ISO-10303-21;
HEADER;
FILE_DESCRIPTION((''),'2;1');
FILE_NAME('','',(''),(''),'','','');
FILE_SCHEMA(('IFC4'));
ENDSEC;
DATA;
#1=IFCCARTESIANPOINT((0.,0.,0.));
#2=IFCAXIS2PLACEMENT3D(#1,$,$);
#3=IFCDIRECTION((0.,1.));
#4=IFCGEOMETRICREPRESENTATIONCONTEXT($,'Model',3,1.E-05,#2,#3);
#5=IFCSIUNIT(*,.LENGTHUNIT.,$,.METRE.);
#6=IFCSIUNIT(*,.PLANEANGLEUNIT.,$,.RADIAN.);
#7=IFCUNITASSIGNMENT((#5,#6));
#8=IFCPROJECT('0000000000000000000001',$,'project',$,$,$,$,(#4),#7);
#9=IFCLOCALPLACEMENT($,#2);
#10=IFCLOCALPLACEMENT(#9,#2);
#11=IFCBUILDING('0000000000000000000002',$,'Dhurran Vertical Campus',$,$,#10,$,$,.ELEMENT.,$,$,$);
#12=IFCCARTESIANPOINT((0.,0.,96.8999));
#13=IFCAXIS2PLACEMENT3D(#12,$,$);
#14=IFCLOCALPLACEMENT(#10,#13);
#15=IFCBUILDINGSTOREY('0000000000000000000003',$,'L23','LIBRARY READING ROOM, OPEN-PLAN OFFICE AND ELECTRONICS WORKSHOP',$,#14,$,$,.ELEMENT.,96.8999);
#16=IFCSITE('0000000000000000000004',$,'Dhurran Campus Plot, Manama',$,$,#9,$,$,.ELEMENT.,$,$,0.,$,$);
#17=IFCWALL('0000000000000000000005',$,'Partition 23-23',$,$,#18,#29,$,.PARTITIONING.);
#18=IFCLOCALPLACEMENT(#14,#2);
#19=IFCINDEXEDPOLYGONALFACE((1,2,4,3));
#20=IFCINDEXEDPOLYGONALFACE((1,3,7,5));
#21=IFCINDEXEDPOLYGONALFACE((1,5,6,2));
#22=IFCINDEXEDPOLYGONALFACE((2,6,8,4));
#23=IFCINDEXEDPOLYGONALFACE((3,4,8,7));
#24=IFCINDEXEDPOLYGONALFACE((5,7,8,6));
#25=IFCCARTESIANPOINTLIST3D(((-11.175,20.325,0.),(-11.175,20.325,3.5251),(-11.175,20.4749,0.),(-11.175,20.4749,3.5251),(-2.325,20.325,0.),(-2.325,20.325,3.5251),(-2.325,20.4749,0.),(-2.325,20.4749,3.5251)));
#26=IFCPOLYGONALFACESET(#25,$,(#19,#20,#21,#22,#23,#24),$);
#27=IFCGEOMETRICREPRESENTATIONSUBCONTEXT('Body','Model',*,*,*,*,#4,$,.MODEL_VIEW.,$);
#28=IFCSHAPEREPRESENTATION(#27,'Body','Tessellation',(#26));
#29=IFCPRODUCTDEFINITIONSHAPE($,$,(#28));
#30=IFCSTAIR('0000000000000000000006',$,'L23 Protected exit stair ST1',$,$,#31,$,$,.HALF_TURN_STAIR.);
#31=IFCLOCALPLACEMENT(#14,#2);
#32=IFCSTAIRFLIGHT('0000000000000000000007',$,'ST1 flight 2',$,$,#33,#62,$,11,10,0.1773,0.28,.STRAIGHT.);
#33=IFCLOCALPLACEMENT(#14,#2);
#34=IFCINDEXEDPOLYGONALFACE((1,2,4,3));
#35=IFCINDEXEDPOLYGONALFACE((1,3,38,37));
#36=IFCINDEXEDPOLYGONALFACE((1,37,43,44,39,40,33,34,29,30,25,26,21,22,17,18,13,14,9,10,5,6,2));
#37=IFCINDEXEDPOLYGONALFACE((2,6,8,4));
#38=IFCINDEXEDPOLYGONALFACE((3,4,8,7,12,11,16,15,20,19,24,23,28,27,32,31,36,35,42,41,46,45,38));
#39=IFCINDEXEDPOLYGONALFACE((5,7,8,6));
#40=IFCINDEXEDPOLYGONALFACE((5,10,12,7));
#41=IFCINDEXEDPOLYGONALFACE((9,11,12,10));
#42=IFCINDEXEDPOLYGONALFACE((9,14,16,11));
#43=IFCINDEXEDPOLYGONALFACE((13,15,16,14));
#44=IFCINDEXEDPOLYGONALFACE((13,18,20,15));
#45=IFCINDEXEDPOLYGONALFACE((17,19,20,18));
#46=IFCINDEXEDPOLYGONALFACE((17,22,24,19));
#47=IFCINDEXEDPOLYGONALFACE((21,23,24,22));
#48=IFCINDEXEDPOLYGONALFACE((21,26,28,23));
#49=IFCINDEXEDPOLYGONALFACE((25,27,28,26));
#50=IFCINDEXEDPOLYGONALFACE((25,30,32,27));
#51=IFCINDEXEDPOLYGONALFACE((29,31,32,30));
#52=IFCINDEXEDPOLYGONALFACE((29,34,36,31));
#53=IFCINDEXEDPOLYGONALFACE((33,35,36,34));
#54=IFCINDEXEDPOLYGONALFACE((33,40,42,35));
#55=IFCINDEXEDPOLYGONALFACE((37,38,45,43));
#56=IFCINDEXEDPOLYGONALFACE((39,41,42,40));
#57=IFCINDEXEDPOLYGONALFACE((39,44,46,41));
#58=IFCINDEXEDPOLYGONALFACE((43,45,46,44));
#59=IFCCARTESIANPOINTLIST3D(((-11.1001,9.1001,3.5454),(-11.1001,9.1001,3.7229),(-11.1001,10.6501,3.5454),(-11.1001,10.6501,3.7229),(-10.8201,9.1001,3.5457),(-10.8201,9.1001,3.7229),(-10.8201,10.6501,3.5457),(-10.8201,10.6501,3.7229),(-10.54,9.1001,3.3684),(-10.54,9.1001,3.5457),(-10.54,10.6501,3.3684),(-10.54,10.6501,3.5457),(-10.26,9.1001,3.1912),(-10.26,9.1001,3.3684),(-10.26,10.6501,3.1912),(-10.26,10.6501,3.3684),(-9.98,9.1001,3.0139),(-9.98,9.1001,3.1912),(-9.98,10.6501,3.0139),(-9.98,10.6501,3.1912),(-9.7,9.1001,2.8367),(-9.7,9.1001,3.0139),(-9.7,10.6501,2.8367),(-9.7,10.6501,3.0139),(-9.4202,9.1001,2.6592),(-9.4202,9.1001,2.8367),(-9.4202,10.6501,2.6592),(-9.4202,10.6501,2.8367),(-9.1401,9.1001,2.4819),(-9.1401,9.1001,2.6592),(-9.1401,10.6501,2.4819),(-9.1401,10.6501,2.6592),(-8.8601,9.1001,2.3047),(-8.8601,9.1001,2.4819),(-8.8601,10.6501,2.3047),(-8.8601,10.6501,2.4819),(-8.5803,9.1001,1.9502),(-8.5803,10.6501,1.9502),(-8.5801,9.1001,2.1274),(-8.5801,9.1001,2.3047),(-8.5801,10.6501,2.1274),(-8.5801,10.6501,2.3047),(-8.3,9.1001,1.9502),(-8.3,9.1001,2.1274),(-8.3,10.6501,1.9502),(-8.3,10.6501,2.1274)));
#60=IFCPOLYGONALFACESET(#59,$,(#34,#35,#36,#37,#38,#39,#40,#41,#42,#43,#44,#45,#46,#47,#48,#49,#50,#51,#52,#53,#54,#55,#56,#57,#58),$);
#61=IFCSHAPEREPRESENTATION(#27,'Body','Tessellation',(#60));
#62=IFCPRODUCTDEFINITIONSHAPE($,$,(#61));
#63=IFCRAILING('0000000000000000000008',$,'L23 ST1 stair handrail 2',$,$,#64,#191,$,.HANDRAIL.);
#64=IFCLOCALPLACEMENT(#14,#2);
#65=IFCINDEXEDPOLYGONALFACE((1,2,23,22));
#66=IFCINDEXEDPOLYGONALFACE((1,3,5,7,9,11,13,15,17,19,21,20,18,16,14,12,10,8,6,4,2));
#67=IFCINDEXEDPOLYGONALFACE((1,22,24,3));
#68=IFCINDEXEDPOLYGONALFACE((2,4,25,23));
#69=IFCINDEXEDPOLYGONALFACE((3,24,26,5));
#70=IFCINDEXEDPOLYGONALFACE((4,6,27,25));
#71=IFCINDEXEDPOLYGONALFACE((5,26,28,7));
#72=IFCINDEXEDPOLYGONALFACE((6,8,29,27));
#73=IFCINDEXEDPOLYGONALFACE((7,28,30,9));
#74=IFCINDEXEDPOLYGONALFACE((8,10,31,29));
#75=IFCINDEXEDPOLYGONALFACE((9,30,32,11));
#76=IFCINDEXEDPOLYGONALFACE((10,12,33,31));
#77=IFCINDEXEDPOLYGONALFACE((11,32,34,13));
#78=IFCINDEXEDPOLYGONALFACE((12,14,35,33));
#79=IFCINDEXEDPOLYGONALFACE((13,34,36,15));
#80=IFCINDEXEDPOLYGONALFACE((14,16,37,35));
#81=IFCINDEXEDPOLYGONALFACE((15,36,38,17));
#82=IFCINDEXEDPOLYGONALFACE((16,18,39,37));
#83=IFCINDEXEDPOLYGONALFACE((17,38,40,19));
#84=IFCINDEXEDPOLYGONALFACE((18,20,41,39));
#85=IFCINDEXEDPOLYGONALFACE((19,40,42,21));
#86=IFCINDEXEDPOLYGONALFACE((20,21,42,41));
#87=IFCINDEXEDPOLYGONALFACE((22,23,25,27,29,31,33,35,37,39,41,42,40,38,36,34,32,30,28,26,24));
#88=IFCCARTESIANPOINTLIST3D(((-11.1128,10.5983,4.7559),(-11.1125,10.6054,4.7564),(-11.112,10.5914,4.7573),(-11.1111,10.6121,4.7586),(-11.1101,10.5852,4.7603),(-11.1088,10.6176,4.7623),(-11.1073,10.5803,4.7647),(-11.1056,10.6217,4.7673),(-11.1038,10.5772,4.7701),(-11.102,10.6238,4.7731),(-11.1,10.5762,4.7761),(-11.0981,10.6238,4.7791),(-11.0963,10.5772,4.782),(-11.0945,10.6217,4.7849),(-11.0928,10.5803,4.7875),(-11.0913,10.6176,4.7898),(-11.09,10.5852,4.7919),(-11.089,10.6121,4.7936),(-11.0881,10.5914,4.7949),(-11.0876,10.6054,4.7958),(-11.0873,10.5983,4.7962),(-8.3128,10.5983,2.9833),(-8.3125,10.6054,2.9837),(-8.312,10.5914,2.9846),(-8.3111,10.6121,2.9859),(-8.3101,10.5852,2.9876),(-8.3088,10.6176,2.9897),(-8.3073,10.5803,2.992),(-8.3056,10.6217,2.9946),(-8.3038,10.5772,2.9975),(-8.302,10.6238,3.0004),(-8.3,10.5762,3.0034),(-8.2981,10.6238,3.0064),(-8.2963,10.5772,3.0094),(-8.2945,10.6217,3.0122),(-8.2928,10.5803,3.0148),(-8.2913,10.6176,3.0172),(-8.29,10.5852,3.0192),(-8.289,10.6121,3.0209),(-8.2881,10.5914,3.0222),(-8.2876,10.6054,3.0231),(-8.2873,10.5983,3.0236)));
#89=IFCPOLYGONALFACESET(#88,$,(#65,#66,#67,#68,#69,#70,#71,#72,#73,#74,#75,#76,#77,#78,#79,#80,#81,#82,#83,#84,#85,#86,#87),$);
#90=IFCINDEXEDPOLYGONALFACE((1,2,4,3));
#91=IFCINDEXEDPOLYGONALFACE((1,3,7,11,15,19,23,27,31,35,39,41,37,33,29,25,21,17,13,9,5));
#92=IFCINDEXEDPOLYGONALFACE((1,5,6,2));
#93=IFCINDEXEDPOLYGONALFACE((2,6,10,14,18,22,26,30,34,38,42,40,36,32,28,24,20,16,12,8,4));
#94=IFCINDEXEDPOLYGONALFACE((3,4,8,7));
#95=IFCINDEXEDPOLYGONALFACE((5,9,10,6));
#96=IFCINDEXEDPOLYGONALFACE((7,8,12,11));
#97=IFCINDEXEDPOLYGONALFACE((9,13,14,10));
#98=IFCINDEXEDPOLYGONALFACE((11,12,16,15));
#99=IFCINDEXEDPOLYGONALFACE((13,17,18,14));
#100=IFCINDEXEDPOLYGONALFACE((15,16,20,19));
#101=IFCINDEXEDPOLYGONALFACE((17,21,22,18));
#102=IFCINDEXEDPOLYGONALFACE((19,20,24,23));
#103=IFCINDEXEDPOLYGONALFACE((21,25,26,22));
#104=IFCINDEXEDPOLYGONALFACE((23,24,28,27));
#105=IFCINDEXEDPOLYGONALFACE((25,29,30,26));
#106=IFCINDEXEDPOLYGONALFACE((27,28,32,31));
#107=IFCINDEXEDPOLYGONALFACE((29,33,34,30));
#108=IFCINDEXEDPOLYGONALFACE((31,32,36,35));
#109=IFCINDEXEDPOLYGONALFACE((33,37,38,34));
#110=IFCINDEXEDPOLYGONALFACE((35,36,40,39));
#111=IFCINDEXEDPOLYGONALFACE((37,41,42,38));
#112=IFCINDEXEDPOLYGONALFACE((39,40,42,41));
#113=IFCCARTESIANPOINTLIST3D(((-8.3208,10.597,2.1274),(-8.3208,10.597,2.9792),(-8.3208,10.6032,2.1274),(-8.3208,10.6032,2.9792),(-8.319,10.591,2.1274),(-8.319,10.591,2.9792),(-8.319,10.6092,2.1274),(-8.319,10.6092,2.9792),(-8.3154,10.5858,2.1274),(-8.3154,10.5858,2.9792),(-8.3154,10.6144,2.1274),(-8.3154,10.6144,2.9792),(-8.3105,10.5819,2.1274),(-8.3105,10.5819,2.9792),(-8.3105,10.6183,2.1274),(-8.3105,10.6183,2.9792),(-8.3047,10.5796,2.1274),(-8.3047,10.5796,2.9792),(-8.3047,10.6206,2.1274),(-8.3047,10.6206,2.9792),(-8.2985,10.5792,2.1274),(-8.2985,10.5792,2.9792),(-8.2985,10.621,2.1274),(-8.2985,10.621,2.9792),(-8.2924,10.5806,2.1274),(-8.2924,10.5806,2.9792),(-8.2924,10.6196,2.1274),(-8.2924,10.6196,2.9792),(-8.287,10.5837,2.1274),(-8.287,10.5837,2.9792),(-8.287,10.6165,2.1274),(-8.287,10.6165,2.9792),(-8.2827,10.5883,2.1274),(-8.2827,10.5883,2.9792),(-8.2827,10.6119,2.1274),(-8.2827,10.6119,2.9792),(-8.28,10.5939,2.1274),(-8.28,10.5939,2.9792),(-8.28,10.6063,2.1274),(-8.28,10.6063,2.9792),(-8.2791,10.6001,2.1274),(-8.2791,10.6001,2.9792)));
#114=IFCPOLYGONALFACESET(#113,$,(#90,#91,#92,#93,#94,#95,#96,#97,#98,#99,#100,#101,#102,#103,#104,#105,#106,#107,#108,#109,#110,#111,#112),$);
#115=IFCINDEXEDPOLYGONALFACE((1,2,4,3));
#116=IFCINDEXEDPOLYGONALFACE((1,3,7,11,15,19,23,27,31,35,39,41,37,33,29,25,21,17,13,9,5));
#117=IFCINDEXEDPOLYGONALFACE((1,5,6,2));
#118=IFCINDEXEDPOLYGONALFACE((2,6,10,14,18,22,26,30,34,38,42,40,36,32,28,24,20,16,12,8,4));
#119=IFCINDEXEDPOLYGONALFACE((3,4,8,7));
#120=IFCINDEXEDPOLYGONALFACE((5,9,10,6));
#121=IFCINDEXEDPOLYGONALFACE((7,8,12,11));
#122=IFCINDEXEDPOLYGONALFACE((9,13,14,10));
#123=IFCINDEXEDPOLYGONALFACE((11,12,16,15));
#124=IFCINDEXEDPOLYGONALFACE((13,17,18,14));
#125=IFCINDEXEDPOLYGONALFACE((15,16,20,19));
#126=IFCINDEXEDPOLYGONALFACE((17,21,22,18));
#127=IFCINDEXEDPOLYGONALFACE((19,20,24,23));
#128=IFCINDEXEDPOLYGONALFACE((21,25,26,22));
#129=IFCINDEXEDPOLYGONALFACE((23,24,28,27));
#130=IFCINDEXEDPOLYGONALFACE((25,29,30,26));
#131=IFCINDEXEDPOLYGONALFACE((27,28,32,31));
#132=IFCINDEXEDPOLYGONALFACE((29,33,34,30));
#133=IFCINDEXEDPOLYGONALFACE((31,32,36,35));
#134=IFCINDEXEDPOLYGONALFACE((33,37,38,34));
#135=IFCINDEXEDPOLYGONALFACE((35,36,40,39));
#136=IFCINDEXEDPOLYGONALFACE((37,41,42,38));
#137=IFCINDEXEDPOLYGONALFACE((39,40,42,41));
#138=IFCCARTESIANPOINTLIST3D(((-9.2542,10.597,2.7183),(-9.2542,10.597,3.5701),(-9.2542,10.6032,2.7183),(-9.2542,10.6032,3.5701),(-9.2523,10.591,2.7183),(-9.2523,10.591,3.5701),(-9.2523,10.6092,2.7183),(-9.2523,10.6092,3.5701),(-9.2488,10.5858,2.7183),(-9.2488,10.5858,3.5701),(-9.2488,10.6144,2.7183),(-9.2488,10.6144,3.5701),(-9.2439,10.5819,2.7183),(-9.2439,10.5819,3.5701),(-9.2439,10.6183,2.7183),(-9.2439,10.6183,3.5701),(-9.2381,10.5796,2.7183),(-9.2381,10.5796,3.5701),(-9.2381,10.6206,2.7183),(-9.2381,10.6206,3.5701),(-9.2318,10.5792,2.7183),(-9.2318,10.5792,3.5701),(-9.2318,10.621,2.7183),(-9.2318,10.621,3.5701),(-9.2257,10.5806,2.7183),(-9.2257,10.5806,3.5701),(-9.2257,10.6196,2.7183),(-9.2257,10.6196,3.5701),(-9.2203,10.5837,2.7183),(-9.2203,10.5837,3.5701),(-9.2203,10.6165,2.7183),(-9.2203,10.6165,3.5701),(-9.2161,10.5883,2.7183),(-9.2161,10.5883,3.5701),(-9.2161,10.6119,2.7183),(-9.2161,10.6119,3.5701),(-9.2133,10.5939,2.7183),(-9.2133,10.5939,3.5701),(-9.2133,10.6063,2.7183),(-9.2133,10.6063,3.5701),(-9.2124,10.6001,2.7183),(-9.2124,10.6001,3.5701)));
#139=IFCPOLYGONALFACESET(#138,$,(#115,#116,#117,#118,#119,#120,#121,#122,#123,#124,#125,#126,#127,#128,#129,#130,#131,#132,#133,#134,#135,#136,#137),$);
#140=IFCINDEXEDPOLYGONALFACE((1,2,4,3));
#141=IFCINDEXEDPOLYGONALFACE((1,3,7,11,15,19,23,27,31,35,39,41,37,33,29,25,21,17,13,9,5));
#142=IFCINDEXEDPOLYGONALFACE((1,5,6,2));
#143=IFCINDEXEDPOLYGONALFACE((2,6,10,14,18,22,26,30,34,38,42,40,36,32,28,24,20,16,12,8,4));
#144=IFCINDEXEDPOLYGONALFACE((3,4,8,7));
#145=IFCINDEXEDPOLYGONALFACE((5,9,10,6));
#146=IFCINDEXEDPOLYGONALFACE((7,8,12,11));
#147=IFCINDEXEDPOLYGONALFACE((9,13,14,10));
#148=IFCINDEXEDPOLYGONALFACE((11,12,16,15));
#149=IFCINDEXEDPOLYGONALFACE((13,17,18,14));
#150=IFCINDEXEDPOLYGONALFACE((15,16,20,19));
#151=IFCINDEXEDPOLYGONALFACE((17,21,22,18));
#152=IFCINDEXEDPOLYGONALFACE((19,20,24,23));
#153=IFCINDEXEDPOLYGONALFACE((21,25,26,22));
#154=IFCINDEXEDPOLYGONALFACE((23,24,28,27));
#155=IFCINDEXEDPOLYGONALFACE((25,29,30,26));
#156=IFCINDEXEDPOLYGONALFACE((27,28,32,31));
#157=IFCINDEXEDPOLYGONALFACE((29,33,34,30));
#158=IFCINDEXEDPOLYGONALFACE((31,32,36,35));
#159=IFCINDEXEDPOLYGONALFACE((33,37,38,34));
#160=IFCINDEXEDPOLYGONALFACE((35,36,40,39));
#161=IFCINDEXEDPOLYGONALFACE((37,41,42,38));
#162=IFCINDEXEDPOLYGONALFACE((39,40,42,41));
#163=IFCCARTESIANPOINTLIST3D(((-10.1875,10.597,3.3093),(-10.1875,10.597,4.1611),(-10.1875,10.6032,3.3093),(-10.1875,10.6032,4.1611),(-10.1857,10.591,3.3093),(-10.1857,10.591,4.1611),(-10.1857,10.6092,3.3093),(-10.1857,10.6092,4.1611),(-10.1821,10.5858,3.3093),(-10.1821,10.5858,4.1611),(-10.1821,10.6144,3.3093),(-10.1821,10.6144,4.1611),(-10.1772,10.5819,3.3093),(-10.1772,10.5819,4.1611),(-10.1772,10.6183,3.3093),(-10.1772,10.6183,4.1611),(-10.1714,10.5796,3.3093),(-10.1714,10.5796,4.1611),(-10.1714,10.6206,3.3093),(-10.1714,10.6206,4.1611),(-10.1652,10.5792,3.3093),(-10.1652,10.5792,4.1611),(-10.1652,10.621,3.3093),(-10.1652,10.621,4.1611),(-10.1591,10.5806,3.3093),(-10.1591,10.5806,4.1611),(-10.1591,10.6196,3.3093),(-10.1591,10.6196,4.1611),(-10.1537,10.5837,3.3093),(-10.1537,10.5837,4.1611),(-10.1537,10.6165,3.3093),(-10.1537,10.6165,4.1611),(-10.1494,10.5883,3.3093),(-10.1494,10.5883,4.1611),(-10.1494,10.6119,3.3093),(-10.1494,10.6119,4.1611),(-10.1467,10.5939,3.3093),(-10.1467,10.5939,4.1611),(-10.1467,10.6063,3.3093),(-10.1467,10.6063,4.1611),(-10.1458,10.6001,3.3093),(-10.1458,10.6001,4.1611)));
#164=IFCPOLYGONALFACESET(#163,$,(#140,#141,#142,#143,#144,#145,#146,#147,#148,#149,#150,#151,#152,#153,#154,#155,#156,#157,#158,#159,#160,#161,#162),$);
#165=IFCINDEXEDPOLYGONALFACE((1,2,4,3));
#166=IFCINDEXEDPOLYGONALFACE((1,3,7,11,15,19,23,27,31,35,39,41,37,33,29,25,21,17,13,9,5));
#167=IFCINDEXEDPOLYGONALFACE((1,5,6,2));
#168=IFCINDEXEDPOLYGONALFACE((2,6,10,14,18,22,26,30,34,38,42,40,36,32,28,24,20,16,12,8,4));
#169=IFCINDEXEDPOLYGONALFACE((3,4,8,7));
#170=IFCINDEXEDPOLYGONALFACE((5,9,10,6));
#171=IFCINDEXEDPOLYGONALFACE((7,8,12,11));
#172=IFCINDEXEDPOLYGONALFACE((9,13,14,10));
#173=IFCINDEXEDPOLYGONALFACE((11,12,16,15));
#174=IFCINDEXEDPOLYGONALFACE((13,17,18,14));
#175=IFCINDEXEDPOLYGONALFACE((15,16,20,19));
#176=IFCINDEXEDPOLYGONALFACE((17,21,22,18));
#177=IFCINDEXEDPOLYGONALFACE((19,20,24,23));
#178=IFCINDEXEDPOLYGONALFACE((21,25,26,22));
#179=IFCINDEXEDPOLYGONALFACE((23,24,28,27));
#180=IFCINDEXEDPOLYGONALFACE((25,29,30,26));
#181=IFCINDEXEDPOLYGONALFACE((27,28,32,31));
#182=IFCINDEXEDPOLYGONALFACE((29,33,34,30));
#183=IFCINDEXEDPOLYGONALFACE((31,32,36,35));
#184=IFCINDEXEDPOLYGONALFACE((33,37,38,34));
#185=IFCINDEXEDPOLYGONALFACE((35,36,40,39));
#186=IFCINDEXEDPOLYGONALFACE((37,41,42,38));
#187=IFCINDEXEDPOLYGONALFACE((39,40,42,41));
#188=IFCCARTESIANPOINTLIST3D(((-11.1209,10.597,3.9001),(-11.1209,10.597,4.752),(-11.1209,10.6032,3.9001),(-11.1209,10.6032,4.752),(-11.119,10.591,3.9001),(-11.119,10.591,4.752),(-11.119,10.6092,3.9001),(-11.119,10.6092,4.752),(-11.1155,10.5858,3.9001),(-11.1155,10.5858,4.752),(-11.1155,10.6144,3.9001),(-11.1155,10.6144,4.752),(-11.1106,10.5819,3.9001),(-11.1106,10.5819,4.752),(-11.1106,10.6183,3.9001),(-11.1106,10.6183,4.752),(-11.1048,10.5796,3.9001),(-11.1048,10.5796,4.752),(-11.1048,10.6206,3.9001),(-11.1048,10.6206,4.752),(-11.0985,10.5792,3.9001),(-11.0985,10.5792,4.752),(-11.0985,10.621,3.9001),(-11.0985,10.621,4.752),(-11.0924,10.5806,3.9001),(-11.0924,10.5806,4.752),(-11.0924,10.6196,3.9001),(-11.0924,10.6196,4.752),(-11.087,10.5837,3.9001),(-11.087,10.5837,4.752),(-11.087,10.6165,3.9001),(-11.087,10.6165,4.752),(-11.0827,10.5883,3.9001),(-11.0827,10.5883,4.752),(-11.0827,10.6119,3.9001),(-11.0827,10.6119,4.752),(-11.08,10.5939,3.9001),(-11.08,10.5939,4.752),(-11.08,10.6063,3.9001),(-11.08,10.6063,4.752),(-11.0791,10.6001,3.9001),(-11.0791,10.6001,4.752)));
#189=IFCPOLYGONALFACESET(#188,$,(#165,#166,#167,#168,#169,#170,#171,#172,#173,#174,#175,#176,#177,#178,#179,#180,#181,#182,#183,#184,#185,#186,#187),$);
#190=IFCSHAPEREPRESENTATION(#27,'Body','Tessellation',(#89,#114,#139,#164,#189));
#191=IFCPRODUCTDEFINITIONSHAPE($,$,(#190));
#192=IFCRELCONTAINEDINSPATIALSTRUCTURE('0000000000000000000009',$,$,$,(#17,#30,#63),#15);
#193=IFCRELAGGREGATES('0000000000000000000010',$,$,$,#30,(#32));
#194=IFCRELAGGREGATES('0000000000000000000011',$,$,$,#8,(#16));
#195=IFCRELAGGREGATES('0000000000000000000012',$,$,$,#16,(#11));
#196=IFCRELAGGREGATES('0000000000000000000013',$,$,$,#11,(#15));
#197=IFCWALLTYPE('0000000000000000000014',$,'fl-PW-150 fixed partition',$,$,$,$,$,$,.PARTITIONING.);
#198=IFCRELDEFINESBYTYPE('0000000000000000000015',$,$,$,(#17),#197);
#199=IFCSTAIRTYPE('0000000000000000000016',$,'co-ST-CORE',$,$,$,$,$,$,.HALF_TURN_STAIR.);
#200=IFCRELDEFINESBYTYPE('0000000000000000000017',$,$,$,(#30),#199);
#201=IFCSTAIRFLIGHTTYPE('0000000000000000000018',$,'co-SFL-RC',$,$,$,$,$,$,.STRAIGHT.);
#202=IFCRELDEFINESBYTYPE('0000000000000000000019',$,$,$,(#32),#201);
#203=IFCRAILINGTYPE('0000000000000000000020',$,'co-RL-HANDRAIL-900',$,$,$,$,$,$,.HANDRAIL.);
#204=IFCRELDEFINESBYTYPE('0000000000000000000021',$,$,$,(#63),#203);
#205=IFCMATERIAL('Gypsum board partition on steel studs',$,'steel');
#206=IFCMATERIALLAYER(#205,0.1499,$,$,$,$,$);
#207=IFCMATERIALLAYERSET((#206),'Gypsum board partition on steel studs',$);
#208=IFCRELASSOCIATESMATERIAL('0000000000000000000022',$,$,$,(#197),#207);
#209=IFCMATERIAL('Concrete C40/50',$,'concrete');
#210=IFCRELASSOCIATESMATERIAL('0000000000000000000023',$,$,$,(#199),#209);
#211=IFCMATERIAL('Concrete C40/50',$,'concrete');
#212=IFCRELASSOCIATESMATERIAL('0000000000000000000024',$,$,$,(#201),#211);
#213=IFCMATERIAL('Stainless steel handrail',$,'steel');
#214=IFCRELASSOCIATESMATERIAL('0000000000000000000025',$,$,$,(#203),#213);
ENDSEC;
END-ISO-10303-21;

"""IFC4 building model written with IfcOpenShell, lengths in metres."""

from ifc_helpers import new_model, si_unit, direction, frame, frame_2d, origin, origin_2d, place, context, subcontext, project, spatial, polyline, rectangle, circle, outline, extrude, material, layer, layer_set, type_object, element, aggregate, save


model = new_model("IFC4")

# Units and contexts
model_context = context("Model", 3, precision=1e-05, world=origin(), true_north=direction((0.0, 1.0)))
body_context = subcontext(model_context, "Body", "Model", "MODEL_VIEW")
ifc_project = project(units=[si_unit("LENGTHUNIT", "METRE"), si_unit("PLANEANGLEUNIT", "RADIAN")], contexts=[model_context])

# Site, building, storey
site_placement = place(None, origin())
site = spatial("IfcSite", under=ifc_project, at=site_placement, Name="Dhurran Campus Plot, Manama", CompositionType="ELEMENT", RefElevation=0.0)
building_placement = place(site_placement, origin())
building = spatial("IfcBuilding", under=site, at=building_placement, Name="Dhurran Vertical Campus", CompositionType="ELEMENT")
storey_placement = place(building_placement, frame((0.0, 0.0, 96.8999)))
storey = spatial("IfcBuildingStorey", under=building, at=storey_placement, Name="L23", Description="LIBRARY READING ROOM, OPEN-PLAN OFFICE AND ELECTRONICS WORKSHOP", CompositionType="ELEMENT", Elevation=96.8999)

# Wall
ifc_material_1 = material(Name="Gypsum board partition on steel studs", Category="steel")
ifc_layer_1 = layer(ifc_material_1, 0.1499)
ifc_layer_set_1 = layer_set([ifc_layer_1], Name="Gypsum board partition on steel studs")
wall_type_1 = type_object("IfcWallType", Name="fl-PW-150 fixed partition", PredefinedType="PARTITIONING", material=ifc_layer_set_1)
wall_1_placement = place(storey_placement, frame((-2.325, 20.3999, 0.0), z_axis=(0.0, 0.0, 1.0), x_axis=(-1.0, 0.0, 0.0)))
element("IfcWall", 1, at=wall_1_placement, inside=storey, type_object=wall_type_1, Name="Partition 23-23", PredefinedType="PARTITIONING", context=body_context, shape_type="SweptSolid", body=[
    extrude(rectangle(XDim=8.8501, YDim=0.1499, at=frame_2d((4.425, 0.0))), origin(), (0.0, 0.0, 1.0), 3.5251),
])

# Stair, stair flight
ifc_material_2 = material(Name="Concrete C40/50", Category="concrete")
stair_type = type_object("IfcStairType", Name="co-ST-CORE", PredefinedType="HALF_TURN_STAIR", material=ifc_material_2)
stair_placement = place(storey_placement, origin())
stair = element("IfcStair", 2, at=stair_placement, inside=storey, type_object=stair_type, Name="L23 Protected exit stair ST1", PredefinedType="HALF_TURN_STAIR")
ifc_material_3 = material(Name="Concrete C40/50", Category="concrete")
stair_flight_type = type_object("IfcStairFlightType", Name="co-SFL-RC", PredefinedType="STRAIGHT", material=ifc_material_3)
stair_flight_placement = place(storey_placement, frame((-8.3, 9.875, 1.9502), z_axis=(0.0, 0.0, 1.0), x_axis=(-1.0, 0.0, 0.0)))
stair_flight = element("IfcStairFlight", 3, at=stair_flight_placement, type_object=stair_flight_type, Name="ST1 flight 2", NumberOfRisers=11, NumberOfTreads=10, PredefinedType="STRAIGHT", RiserHeight=0.1773, TreadLength=0.28, context=body_context, shape_type="SweptSolid", body=[
    extrude(outline(polyline([(0.0, 0.0), (0.0, 0.1772), (0.28, 0.1772), (0.28, 0.3545), (0.5601, 0.3545), (0.5601, 0.5317), (0.8401, 0.5317), (0.8401, 0.709), (1.1201, 0.709), (1.1201, 0.8865), (1.3999, 0.8865), (1.3999, 1.0637), (1.6799, 1.0637), (1.6799, 1.241), (1.96, 1.241), (1.96, 1.4182), (2.24, 1.4182), (2.24, 1.5955), (2.52, 1.5955), (2.52, 1.7727), (2.8, 1.7727), (2.8, 1.95), (2.8, 1.5952), (0.2803, 0.0), (0.0, 0.0)])), frame((0.0, 0.7749, 0.0), z_axis=(0.0, -1.0, 0.0), x_axis=(1.0, 0.0, 0.0)), (0.0, 0.0, 1.0), 1.55),
])
aggregate(stair, [stair_flight])

# Railing
ifc_material_4 = material(Name="Stainless steel handrail", Category="steel")
railing_type = type_object("IfcRailingType", Name="co-RL-HANDRAIL-900", PredefinedType="HANDRAIL", material=ifc_material_4)
railing_placement = place(storey_placement, frame((-8.3, 10.6001, 2.1274)))
element("IfcRailing", 4, at=railing_placement, inside=storey, type_object=railing_type, Name="L23 ST1 stair handrail 2", PredefinedType="HANDRAIL", context=body_context, shape_type="SweptSolid", body=[
    extrude(circle(Radius=0.0239, at=origin_2d()), frame((0.0, 0.0, 0.876), z_axis=(-0.844909, 0.0, 0.53491), x_axis=(0.0, -1.0, 0.0)), (0.0, 0.0, 1.0), 3.314),
    extrude(circle(Radius=0.021, at=origin_2d()), origin(), (0.0, 0.0, 1.0), 0.8518),
    extrude(circle(Radius=0.021, at=origin_2d()), frame((-0.9333, 0.0, 0.5908)), (0.0, 0.0, 1.0), 0.8518),
    extrude(circle(Radius=0.021, at=origin_2d()), frame((-1.8667, 0.0, 1.1819)), (0.0, 0.0, 1.0), 0.8518),
    extrude(circle(Radius=0.021, at=origin_2d()), frame((-2.8, 0.0, 1.7727)), (0.0, 0.0, 1.0), 0.8518),
])

save(model, "model.ifc")
